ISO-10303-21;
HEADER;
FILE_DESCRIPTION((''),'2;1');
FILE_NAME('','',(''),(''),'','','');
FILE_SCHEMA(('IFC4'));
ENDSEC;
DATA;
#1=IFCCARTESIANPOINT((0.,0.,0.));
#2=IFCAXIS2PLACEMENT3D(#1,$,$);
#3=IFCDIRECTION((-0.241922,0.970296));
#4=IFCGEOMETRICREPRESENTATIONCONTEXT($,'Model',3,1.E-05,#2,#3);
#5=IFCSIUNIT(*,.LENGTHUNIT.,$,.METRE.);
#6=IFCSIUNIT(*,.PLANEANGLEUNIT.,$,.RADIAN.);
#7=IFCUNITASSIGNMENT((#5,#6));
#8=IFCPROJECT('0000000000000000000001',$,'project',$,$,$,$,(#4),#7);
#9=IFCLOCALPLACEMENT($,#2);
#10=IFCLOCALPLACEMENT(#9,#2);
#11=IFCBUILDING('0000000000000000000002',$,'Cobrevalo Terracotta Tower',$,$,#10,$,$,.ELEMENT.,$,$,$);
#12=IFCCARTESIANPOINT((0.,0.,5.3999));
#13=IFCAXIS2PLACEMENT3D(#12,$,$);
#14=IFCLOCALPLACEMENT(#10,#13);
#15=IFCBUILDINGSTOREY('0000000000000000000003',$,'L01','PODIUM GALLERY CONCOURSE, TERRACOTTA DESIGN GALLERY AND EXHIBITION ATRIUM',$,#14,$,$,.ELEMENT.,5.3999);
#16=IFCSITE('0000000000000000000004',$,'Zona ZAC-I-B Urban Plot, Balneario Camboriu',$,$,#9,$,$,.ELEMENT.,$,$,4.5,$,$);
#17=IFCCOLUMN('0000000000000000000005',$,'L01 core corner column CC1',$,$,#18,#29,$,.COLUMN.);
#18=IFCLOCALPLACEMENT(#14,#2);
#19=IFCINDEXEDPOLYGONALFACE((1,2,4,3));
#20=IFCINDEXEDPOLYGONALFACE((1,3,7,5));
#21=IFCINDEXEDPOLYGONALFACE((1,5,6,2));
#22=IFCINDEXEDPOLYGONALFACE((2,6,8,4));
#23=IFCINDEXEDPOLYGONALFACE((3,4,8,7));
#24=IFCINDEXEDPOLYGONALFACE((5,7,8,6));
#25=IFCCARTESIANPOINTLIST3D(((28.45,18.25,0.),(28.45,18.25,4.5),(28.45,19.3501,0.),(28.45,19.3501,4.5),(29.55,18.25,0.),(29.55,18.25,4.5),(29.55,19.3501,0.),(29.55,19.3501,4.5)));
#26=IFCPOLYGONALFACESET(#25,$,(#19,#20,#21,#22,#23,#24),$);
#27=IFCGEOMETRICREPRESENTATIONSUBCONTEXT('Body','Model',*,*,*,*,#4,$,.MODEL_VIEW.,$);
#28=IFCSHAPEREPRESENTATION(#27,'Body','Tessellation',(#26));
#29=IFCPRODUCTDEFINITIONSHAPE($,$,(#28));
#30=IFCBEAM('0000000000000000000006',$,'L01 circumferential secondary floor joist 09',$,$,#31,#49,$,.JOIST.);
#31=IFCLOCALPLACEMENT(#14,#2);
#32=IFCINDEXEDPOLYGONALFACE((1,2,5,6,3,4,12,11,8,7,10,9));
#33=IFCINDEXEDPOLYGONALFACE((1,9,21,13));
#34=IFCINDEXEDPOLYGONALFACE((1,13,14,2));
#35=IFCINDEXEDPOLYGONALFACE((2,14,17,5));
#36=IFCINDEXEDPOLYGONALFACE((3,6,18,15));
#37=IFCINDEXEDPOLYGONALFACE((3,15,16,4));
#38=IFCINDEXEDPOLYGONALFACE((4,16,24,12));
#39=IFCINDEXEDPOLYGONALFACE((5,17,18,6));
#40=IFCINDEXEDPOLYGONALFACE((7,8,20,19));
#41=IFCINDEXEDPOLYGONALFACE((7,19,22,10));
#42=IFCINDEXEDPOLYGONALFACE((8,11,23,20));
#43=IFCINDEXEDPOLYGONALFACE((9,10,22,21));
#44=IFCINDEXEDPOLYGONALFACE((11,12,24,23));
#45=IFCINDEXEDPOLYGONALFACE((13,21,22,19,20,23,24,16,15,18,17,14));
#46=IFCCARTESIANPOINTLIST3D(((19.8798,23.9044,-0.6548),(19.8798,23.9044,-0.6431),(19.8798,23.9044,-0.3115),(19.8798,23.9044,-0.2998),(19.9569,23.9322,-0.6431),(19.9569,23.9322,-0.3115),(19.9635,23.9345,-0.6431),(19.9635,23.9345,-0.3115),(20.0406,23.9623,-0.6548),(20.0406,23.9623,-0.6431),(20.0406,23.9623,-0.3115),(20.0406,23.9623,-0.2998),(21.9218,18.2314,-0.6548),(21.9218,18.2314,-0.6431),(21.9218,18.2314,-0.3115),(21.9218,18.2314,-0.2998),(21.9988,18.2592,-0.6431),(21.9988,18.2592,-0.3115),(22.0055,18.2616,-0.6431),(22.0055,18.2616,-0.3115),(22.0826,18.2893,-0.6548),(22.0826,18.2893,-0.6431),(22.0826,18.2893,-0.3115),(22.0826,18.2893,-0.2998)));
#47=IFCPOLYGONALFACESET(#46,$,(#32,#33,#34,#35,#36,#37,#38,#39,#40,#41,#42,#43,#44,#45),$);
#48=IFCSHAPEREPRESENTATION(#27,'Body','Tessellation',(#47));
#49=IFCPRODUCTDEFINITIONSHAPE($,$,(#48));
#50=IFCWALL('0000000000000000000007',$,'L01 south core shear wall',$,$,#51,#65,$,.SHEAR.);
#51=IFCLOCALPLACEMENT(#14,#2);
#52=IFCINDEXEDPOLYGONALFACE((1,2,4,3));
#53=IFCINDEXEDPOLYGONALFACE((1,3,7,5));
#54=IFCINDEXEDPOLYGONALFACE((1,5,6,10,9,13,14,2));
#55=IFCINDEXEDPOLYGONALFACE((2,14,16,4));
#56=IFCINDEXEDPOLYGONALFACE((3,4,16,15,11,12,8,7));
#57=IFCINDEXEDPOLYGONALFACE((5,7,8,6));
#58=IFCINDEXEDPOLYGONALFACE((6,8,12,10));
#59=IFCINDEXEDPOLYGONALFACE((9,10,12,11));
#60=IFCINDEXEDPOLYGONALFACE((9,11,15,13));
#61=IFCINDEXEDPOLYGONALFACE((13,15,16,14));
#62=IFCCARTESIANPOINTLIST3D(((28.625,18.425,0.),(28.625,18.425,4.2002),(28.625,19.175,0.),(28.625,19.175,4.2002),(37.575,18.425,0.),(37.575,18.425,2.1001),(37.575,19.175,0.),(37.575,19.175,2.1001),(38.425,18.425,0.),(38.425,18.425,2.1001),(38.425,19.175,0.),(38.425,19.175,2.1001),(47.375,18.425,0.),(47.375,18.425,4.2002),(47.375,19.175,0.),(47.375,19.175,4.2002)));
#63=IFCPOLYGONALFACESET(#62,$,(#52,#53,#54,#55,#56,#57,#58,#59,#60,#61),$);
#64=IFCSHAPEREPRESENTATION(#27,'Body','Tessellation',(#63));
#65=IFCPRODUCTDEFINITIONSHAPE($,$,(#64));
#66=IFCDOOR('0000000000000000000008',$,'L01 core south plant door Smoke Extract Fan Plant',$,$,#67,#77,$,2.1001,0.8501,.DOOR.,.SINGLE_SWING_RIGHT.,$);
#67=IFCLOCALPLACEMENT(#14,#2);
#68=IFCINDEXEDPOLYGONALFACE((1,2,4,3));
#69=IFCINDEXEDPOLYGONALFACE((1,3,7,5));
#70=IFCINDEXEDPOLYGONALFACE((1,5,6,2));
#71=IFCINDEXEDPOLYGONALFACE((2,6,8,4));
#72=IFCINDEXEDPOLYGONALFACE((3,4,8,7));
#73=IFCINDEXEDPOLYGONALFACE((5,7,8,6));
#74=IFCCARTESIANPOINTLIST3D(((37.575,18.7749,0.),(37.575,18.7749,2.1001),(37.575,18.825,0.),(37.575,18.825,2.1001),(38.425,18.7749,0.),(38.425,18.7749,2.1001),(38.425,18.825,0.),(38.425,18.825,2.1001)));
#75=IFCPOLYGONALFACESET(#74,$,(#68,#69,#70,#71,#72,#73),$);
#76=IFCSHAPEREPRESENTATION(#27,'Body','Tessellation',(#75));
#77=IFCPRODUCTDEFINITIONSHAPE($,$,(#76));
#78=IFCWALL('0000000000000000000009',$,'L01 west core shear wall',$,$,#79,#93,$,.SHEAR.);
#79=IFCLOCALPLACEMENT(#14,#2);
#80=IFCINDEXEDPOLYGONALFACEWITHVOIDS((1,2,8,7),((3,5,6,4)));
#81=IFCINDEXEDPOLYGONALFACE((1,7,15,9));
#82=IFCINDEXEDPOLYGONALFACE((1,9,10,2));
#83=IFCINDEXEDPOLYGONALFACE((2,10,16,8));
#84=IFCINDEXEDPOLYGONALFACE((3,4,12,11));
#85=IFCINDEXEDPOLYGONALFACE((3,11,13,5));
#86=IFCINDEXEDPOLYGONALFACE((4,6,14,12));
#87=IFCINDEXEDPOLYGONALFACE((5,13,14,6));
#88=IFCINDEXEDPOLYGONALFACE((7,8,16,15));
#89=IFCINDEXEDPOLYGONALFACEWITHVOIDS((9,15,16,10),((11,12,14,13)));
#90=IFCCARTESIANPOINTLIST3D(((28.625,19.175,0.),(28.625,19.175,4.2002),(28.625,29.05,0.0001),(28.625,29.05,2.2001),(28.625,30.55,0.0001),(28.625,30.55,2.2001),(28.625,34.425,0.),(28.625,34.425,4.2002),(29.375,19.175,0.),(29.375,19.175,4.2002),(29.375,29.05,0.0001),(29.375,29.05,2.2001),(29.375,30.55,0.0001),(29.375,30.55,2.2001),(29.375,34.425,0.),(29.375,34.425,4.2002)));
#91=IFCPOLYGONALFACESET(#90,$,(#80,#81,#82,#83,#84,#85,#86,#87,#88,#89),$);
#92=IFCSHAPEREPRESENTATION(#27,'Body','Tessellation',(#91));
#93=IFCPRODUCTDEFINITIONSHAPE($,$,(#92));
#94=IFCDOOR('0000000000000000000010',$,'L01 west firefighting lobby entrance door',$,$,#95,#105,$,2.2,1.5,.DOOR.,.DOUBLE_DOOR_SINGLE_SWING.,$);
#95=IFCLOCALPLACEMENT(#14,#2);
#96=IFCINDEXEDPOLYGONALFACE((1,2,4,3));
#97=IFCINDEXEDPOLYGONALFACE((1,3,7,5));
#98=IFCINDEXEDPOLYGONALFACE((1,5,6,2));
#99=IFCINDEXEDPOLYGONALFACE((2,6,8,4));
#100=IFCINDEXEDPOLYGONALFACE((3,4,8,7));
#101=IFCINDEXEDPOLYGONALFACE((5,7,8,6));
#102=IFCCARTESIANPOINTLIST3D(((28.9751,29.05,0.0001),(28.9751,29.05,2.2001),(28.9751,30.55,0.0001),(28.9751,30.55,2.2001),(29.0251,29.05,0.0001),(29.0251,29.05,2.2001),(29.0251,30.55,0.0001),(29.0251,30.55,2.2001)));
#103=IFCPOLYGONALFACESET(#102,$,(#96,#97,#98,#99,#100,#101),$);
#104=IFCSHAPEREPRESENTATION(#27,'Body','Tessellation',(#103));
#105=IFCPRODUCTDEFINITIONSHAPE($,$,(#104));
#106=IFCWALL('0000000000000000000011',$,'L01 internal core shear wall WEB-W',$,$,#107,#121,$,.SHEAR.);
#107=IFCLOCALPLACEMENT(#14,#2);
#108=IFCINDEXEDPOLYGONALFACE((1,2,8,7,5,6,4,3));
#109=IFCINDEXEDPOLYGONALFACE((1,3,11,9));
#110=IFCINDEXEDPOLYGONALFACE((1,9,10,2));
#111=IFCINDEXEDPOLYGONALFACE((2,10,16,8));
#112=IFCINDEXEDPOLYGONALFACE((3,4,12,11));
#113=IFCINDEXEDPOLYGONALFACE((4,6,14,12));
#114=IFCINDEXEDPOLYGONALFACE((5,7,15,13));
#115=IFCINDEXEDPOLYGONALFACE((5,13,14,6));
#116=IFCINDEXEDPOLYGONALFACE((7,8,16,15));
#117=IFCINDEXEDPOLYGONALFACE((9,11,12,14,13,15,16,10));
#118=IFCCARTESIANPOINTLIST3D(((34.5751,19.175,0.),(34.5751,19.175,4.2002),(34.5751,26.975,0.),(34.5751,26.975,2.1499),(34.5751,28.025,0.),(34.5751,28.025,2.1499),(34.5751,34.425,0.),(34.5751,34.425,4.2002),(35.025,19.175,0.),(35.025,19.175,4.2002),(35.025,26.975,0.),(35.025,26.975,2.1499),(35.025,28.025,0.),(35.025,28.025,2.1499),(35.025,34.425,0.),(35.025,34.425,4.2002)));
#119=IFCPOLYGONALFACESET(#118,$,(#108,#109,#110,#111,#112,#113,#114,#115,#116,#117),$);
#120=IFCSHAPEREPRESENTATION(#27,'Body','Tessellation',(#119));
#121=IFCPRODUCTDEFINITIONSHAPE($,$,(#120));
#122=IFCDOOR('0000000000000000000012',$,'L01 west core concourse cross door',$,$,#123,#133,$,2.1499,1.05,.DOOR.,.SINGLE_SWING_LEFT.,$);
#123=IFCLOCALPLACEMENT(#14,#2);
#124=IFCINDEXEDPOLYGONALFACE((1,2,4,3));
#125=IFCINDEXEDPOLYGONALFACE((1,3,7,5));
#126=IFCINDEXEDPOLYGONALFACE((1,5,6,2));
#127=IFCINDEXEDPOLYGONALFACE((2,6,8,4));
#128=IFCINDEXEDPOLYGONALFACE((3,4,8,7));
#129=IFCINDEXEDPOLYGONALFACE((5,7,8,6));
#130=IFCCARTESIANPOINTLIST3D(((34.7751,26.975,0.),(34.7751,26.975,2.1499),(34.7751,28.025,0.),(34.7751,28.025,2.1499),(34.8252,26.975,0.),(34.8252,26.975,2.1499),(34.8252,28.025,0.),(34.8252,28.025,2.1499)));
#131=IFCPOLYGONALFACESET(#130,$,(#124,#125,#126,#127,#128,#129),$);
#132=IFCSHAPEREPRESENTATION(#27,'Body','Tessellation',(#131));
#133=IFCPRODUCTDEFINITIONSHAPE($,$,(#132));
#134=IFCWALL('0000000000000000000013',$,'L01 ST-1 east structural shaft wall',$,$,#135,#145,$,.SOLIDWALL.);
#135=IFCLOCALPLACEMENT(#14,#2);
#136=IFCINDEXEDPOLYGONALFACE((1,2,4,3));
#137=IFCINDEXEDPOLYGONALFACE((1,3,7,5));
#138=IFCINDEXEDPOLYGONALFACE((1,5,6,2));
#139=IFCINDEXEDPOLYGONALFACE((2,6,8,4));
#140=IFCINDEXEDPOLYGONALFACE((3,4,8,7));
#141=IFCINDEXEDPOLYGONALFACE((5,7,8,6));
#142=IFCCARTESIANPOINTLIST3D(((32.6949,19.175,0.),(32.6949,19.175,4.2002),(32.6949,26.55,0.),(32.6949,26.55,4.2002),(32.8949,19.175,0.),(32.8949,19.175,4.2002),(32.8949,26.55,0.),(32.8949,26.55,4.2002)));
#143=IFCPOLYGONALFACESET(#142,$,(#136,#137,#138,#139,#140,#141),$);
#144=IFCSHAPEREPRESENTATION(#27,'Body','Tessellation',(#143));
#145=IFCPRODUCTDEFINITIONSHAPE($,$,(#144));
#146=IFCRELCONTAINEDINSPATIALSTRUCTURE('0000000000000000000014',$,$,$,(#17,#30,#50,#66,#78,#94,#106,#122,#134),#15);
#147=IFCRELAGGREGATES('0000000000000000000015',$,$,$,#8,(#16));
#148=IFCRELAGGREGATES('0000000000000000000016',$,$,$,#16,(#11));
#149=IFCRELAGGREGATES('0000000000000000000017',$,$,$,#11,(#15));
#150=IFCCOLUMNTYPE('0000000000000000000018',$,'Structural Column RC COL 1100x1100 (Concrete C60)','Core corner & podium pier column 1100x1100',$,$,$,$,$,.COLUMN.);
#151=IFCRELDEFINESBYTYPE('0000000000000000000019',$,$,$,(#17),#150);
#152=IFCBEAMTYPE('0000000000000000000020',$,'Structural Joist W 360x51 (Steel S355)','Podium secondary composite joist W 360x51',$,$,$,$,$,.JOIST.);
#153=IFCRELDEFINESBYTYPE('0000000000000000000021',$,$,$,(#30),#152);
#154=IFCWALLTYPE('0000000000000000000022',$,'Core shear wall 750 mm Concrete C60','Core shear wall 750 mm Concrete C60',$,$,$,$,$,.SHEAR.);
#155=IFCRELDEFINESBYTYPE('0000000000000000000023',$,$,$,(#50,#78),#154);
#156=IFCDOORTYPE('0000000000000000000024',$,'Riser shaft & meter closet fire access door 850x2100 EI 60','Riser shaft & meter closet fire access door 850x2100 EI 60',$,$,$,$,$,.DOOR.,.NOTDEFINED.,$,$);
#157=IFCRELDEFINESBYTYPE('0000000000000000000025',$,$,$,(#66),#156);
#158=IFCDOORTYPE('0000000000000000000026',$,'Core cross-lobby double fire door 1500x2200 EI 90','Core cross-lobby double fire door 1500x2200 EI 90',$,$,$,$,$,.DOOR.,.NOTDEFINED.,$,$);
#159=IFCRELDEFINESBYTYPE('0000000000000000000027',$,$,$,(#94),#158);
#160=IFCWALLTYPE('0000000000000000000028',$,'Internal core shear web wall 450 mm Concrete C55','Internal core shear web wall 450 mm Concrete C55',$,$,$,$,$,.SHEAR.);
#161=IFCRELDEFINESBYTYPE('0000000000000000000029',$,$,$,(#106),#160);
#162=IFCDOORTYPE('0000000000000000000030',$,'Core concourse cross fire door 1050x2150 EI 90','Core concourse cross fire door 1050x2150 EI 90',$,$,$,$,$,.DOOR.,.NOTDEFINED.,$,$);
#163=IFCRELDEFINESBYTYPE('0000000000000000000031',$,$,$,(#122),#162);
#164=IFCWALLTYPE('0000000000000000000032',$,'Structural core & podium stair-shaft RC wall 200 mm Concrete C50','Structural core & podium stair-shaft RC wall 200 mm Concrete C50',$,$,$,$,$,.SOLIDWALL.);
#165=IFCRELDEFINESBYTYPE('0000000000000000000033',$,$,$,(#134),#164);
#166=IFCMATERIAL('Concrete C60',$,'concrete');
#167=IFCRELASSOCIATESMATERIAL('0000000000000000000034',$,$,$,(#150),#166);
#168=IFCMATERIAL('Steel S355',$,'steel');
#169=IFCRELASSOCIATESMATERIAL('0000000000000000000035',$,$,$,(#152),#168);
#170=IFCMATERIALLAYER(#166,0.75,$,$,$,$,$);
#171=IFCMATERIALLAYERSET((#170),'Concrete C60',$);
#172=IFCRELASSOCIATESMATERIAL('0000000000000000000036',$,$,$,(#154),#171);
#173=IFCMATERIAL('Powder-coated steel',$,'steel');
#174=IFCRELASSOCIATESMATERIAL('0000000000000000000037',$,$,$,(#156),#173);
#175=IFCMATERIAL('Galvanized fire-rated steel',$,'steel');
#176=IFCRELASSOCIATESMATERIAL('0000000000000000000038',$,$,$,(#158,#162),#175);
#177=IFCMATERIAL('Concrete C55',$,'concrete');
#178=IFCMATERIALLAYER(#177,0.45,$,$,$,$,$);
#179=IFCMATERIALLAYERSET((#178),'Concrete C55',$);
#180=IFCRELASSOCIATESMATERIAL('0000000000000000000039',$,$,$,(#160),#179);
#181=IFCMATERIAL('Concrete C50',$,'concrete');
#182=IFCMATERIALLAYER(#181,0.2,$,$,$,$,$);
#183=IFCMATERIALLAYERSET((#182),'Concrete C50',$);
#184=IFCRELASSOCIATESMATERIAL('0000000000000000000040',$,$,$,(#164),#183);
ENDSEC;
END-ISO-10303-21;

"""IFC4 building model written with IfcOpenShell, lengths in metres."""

from ifc_helpers import new_model, si_unit, direction, frame, frame_2d, origin, origin_2d, place, context, subcontext, project, spatial, rectangle, i_section, extrude, source, transform, mapped, material, layer, layer_set, material_profile, profile_set, type_object, element, fill, save


model = new_model("IFC4")

# Units and contexts
model_context = context("Model", 3, precision=1e-05, world=origin(), true_north=direction((-0.241922, 0.970296)))
body_context = subcontext(model_context, "Body", "Model", "MODEL_VIEW")
ifc_project = project(units=[si_unit("LENGTHUNIT", "METRE"), si_unit("PLANEANGLEUNIT", "RADIAN")], contexts=[model_context])

# Site, building, storey
site_placement = place(None, origin())
site = spatial("IfcSite", under=ifc_project, at=site_placement, Name="Zona ZAC-I-B Urban Plot, Balneario Camboriu", CompositionType="ELEMENT", RefElevation=4.5)
building_placement = place(site_placement, origin())
building = spatial("IfcBuilding", under=site, at=building_placement, Name="Cobrevalo Terracotta Tower", CompositionType="ELEMENT")
storey_placement = place(building_placement, frame((0.0, 0.0, 5.3999)))
storey = spatial("IfcBuildingStorey", under=building, at=storey_placement, Name="L01", Description="PODIUM GALLERY CONCOURSE, TERRACOTTA DESIGN GALLERY AND EXHIBITION ATRIUM", CompositionType="ELEMENT", Elevation=5.3999)

# Column
ifc_material_1 = material(Name="Concrete C60", Category="concrete")
ifc_material_profile_1 = material_profile(ifc_material_1, rectangle(XDim=1.1001, YDim=1.1001, at=origin_2d()), Name="RC COL 1100x1100")
ifc_profile_set_1 = profile_set([ifc_material_profile_1], Name="Concrete C60")
column_type = type_object("IfcColumnType", Name="Structural Column RC COL 1100x1100 (Concrete C60)", Description="Core corner & podium pier column 1100x1100", PredefinedType="COLUMN", material=ifc_profile_set_1)
column_placement = place(storey_placement, frame((29.0, 18.8, 0.0), z_axis=(0.0, 0.0, 1.0), x_axis=(1.0, 0.0, 0.0)))
element("IfcColumn", 1, at=column_placement, inside=storey, type_object=column_type, Name="L01 core corner column CC1", PredefinedType="COLUMN", context=body_context, shape_type="SweptSolid", body=[
    extrude(rectangle(XDim=1.1001, YDim=1.1001, at=origin_2d()), origin(), (0.0, 0.0, 1.0), 4.5),
])

# Beam
ifc_material_2 = material(Name="Steel S355", Category="steel")
ifc_material_profile_2 = material_profile(ifc_material_2, i_section(OverallWidth=0.1709, OverallDepth=0.355, WebThickness=0.0071, FlangeThickness=0.0117, at=origin_2d()), Name="W 360x51")
ifc_profile_set_2 = profile_set([ifc_material_profile_2], Name="Steel S355")
beam_type = type_object("IfcBeamType", Name="Structural Joist W 360x51 (Steel S355)", Description="Podium secondary composite joist W 360x51", PredefinedType="JOIST", material=ifc_profile_set_2)
beam_placement = place(storey_placement, frame((19.9602, 23.9333, -0.4773), z_axis=(0.338672, -0.940904, 0.0), x_axis=(0.940904, 0.338672, 0.0)))
element("IfcBeam", 2, at=beam_placement, inside=storey, type_object=beam_type, Name="L01 circumferential secondary floor joist 09", PredefinedType="JOIST", context=body_context, shape_type="SweptSolid", body=[
    extrude(i_section(OverallWidth=0.1709, OverallDepth=0.355, WebThickness=0.0071, FlangeThickness=0.0117, at=origin_2d()), origin(), (0.0, 0.0, 1.0), 6.0293),
])

# Walls, openings, doors
ifc_layer_1 = layer(ifc_material_1, 0.75)
ifc_layer_set_1 = layer_set([ifc_layer_1], Name="Concrete C60")
wall_type_1 = type_object("IfcWallType", Name="Core shear wall 750 mm Concrete C60", Description="Core shear wall 750 mm Concrete C60", PredefinedType="SHEAR", material=ifc_layer_set_1)
wall_1_placement = place(storey_placement, frame((28.625, 18.8, 0.0), z_axis=(0.0, 0.0, 1.0), x_axis=(1.0, 0.0, 0.0)))
wall_1 = element("IfcWall", 3, at=wall_1_placement, inside=storey, type_object=wall_type_1, Name="L01 south core shear wall", PredefinedType="SHEAR", context=body_context, shape_type="SweptSolid", body=[
    extrude(rectangle(XDim=18.75, YDim=0.75, at=frame_2d((9.375, 0.0))), origin(), (0.0, 0.0, 1.0), 4.2002),
])
opening_1_placement = place(wall_1_placement, frame((8.95, 0.0, 0.0)))
opening_1 = element("IfcOpeningElement", 4, at=opening_1_placement, cuts=wall_1, PredefinedType="OPENING", context=body_context, shape_type="SweptSolid", body=[
    extrude(rectangle(XDim=0.8501, YDim=2.1001, at=frame_2d((0.425, 1.05))), frame((0.0, 0.385, 0.0), z_axis=(0.0, -1.0, 0.0), x_axis=(1.0, 0.0, 0.0)), (0.0, 0.0, 1.0), 0.77),
])
ifc_material_3 = material(Name="Powder-coated steel", Category="steel")
door_type_1 = type_object("IfcDoorType", Name="Riser shaft & meter closet fire access door 850x2100 EI 60", Description="Riser shaft & meter closet fire access door 850x2100 EI 60", OperationType="NOTDEFINED", PredefinedType="DOOR", material=ifc_material_3)
shared_shape_1 = source(origin(), body_context, "Body", "SweptSolid", [
    extrude(rectangle(XDim=0.8501, YDim=2.1001, at=frame_2d((0.425, 1.05))), frame((0.0, 0.0249, 0.0), z_axis=(0.0, -1.0, 0.0), x_axis=(1.0, 0.0, 0.0)), (0.0, 0.0, 1.0), 0.05),
])
door_1_placement = place(opening_1_placement, origin())
door_1 = element("IfcDoor", 5, at=door_1_placement, inside=storey, type_object=door_type_1, Name="L01 core south plant door Smoke Extract Fan Plant", OperationType="SINGLE_SWING_RIGHT", OverallHeight=2.1001, OverallWidth=0.8501, PredefinedType="DOOR", context=body_context, shape_type="MappedRepresentation", body=[
    mapped(shared_shape_1, transform((0.0, 0.0, 0.0), scale=1.0)),
])
fill(opening_1, door_1)
wall_2_placement = place(storey_placement, frame((29.0, 19.175, 0.0), z_axis=(0.0, 0.0, 1.0), x_axis=(0.0, 1.0, 0.0)))
wall_2 = element("IfcWall", 6, at=wall_2_placement, inside=storey, type_object=wall_type_1, Name="L01 west core shear wall", PredefinedType="SHEAR", context=body_context, shape_type="SweptSolid", body=[
    extrude(rectangle(XDim=15.25, YDim=0.75, at=frame_2d((7.625, 0.0))), origin(), (0.0, 0.0, 1.0), 4.2002),
])
opening_2_placement = place(wall_2_placement, frame((9.875, 0.0, 0.0)))
opening_2 = element("IfcOpeningElement", 7, at=opening_2_placement, cuts=wall_2, PredefinedType="OPENING", context=body_context, shape_type="SweptSolid", body=[
    extrude(rectangle(XDim=1.5, YDim=2.2, at=frame_2d((0.75, 1.1001))), frame((0.0, 0.385, 0.0), z_axis=(0.0, -1.0, 0.0), x_axis=(1.0, 0.0, 0.0)), (0.0, 0.0, 1.0), 0.77),
])
ifc_material_4 = material(Name="Galvanized fire-rated steel", Category="steel")
door_type_2 = type_object("IfcDoorType", Name="Core cross-lobby double fire door 1500x2200 EI 90", Description="Core cross-lobby double fire door 1500x2200 EI 90", OperationType="NOTDEFINED", PredefinedType="DOOR", material=ifc_material_4)
shared_shape_2 = source(origin(), body_context, "Body", "SweptSolid", [
    extrude(rectangle(XDim=1.5, YDim=2.2, at=frame_2d((0.75, 1.1001))), frame((0.0, 0.0249, 0.0), z_axis=(0.0, -1.0, 0.0), x_axis=(1.0, 0.0, 0.0)), (0.0, 0.0, 1.0), 0.05),
])
door_2_placement = place(opening_2_placement, origin())
door_2 = element("IfcDoor", 8, at=door_2_placement, inside=storey, type_object=door_type_2, Name="L01 west firefighting lobby entrance door", OperationType="DOUBLE_DOOR_SINGLE_SWING", OverallHeight=2.2, OverallWidth=1.5, PredefinedType="DOOR", context=body_context, shape_type="MappedRepresentation", body=[
    mapped(shared_shape_2, transform((0.0, 0.0, 0.0), scale=1.0)),
])
fill(opening_2, door_2)
ifc_material_5 = material(Name="Concrete C55", Category="concrete")
ifc_layer_2 = layer(ifc_material_5, 0.45)
ifc_layer_set_2 = layer_set([ifc_layer_2], Name="Concrete C55")
wall_type_2 = type_object("IfcWallType", Name="Internal core shear web wall 450 mm Concrete C55", Description="Internal core shear web wall 450 mm Concrete C55", PredefinedType="SHEAR", material=ifc_layer_set_2)
wall_3_placement = place(storey_placement, frame((34.8, 19.175, 0.0), z_axis=(0.0, 0.0, 1.0), x_axis=(0.0, 1.0, 0.0)))
wall_3 = element("IfcWall", 9, at=wall_3_placement, inside=storey, type_object=wall_type_2, Name="L01 internal core shear wall WEB-W", PredefinedType="SHEAR", context=body_context, shape_type="SweptSolid", body=[
    extrude(rectangle(XDim=15.25, YDim=0.45, at=frame_2d((7.625, 0.0))), origin(), (0.0, 0.0, 1.0), 4.2002),
])
opening_3_placement = place(wall_3_placement, frame((7.8, 0.0, 0.0)))
opening_3 = element("IfcOpeningElement", 10, at=opening_3_placement, cuts=wall_3, PredefinedType="OPENING", context=body_context, shape_type="SweptSolid", body=[
    extrude(rectangle(XDim=1.05, YDim=2.1499, at=frame_2d((0.5249, 1.075))), frame((0.0, 0.2349, 0.0), z_axis=(0.0, -1.0, 0.0), x_axis=(1.0, 0.0, 0.0)), (0.0, 0.0, 1.0), 0.47),
])
door_type_3 = type_object("IfcDoorType", Name="Core concourse cross fire door 1050x2150 EI 90", Description="Core concourse cross fire door 1050x2150 EI 90", OperationType="NOTDEFINED", PredefinedType="DOOR", material=ifc_material_4)
shared_shape_3 = source(origin(), body_context, "Body", "SweptSolid", [
    extrude(rectangle(XDim=1.05, YDim=2.1499, at=frame_2d((0.5249, 1.075))), frame((0.0, 0.0249, 0.0), z_axis=(0.0, -1.0, 0.0), x_axis=(1.0, 0.0, 0.0)), (0.0, 0.0, 1.0), 0.05),
])
door_3_placement = place(opening_3_placement, origin())
door_3 = element("IfcDoor", 11, at=door_3_placement, inside=storey, type_object=door_type_3, Name="L01 west core concourse cross door", OperationType="SINGLE_SWING_LEFT", OverallHeight=2.1499, OverallWidth=1.05, PredefinedType="DOOR", context=body_context, shape_type="MappedRepresentation", body=[
    mapped(shared_shape_3, transform((0.0, 0.0, 0.0), scale=1.0)),
])
fill(opening_3, door_3)

# Wall
ifc_material_6 = material(Name="Concrete C50", Category="concrete")
ifc_layer_3 = layer(ifc_material_6, 0.2)
ifc_layer_set_3 = layer_set([ifc_layer_3], Name="Concrete C50")
wall_type_3 = type_object("IfcWallType", Name="Structural core & podium stair-shaft RC wall 200 mm Concrete C50", Description="Structural core & podium stair-shaft RC wall 200 mm Concrete C50", PredefinedType="SOLIDWALL", material=ifc_layer_set_3)
wall_4_placement = place(storey_placement, frame((32.7949, 19.175, 0.0), z_axis=(0.0, 0.0, 1.0), x_axis=(0.0, 1.0, 0.0)))
element("IfcWall", 12, at=wall_4_placement, inside=storey, type_object=wall_type_3, Name="L01 ST-1 east structural shaft wall", PredefinedType="SOLIDWALL", context=body_context, shape_type="SweptSolid", body=[
    extrude(rectangle(XDim=7.375, YDim=0.2, at=frame_2d((3.6875, 0.0))), origin(), (0.0, 0.0, 1.0), 4.2002),
])

save(model, "model.ifc")
